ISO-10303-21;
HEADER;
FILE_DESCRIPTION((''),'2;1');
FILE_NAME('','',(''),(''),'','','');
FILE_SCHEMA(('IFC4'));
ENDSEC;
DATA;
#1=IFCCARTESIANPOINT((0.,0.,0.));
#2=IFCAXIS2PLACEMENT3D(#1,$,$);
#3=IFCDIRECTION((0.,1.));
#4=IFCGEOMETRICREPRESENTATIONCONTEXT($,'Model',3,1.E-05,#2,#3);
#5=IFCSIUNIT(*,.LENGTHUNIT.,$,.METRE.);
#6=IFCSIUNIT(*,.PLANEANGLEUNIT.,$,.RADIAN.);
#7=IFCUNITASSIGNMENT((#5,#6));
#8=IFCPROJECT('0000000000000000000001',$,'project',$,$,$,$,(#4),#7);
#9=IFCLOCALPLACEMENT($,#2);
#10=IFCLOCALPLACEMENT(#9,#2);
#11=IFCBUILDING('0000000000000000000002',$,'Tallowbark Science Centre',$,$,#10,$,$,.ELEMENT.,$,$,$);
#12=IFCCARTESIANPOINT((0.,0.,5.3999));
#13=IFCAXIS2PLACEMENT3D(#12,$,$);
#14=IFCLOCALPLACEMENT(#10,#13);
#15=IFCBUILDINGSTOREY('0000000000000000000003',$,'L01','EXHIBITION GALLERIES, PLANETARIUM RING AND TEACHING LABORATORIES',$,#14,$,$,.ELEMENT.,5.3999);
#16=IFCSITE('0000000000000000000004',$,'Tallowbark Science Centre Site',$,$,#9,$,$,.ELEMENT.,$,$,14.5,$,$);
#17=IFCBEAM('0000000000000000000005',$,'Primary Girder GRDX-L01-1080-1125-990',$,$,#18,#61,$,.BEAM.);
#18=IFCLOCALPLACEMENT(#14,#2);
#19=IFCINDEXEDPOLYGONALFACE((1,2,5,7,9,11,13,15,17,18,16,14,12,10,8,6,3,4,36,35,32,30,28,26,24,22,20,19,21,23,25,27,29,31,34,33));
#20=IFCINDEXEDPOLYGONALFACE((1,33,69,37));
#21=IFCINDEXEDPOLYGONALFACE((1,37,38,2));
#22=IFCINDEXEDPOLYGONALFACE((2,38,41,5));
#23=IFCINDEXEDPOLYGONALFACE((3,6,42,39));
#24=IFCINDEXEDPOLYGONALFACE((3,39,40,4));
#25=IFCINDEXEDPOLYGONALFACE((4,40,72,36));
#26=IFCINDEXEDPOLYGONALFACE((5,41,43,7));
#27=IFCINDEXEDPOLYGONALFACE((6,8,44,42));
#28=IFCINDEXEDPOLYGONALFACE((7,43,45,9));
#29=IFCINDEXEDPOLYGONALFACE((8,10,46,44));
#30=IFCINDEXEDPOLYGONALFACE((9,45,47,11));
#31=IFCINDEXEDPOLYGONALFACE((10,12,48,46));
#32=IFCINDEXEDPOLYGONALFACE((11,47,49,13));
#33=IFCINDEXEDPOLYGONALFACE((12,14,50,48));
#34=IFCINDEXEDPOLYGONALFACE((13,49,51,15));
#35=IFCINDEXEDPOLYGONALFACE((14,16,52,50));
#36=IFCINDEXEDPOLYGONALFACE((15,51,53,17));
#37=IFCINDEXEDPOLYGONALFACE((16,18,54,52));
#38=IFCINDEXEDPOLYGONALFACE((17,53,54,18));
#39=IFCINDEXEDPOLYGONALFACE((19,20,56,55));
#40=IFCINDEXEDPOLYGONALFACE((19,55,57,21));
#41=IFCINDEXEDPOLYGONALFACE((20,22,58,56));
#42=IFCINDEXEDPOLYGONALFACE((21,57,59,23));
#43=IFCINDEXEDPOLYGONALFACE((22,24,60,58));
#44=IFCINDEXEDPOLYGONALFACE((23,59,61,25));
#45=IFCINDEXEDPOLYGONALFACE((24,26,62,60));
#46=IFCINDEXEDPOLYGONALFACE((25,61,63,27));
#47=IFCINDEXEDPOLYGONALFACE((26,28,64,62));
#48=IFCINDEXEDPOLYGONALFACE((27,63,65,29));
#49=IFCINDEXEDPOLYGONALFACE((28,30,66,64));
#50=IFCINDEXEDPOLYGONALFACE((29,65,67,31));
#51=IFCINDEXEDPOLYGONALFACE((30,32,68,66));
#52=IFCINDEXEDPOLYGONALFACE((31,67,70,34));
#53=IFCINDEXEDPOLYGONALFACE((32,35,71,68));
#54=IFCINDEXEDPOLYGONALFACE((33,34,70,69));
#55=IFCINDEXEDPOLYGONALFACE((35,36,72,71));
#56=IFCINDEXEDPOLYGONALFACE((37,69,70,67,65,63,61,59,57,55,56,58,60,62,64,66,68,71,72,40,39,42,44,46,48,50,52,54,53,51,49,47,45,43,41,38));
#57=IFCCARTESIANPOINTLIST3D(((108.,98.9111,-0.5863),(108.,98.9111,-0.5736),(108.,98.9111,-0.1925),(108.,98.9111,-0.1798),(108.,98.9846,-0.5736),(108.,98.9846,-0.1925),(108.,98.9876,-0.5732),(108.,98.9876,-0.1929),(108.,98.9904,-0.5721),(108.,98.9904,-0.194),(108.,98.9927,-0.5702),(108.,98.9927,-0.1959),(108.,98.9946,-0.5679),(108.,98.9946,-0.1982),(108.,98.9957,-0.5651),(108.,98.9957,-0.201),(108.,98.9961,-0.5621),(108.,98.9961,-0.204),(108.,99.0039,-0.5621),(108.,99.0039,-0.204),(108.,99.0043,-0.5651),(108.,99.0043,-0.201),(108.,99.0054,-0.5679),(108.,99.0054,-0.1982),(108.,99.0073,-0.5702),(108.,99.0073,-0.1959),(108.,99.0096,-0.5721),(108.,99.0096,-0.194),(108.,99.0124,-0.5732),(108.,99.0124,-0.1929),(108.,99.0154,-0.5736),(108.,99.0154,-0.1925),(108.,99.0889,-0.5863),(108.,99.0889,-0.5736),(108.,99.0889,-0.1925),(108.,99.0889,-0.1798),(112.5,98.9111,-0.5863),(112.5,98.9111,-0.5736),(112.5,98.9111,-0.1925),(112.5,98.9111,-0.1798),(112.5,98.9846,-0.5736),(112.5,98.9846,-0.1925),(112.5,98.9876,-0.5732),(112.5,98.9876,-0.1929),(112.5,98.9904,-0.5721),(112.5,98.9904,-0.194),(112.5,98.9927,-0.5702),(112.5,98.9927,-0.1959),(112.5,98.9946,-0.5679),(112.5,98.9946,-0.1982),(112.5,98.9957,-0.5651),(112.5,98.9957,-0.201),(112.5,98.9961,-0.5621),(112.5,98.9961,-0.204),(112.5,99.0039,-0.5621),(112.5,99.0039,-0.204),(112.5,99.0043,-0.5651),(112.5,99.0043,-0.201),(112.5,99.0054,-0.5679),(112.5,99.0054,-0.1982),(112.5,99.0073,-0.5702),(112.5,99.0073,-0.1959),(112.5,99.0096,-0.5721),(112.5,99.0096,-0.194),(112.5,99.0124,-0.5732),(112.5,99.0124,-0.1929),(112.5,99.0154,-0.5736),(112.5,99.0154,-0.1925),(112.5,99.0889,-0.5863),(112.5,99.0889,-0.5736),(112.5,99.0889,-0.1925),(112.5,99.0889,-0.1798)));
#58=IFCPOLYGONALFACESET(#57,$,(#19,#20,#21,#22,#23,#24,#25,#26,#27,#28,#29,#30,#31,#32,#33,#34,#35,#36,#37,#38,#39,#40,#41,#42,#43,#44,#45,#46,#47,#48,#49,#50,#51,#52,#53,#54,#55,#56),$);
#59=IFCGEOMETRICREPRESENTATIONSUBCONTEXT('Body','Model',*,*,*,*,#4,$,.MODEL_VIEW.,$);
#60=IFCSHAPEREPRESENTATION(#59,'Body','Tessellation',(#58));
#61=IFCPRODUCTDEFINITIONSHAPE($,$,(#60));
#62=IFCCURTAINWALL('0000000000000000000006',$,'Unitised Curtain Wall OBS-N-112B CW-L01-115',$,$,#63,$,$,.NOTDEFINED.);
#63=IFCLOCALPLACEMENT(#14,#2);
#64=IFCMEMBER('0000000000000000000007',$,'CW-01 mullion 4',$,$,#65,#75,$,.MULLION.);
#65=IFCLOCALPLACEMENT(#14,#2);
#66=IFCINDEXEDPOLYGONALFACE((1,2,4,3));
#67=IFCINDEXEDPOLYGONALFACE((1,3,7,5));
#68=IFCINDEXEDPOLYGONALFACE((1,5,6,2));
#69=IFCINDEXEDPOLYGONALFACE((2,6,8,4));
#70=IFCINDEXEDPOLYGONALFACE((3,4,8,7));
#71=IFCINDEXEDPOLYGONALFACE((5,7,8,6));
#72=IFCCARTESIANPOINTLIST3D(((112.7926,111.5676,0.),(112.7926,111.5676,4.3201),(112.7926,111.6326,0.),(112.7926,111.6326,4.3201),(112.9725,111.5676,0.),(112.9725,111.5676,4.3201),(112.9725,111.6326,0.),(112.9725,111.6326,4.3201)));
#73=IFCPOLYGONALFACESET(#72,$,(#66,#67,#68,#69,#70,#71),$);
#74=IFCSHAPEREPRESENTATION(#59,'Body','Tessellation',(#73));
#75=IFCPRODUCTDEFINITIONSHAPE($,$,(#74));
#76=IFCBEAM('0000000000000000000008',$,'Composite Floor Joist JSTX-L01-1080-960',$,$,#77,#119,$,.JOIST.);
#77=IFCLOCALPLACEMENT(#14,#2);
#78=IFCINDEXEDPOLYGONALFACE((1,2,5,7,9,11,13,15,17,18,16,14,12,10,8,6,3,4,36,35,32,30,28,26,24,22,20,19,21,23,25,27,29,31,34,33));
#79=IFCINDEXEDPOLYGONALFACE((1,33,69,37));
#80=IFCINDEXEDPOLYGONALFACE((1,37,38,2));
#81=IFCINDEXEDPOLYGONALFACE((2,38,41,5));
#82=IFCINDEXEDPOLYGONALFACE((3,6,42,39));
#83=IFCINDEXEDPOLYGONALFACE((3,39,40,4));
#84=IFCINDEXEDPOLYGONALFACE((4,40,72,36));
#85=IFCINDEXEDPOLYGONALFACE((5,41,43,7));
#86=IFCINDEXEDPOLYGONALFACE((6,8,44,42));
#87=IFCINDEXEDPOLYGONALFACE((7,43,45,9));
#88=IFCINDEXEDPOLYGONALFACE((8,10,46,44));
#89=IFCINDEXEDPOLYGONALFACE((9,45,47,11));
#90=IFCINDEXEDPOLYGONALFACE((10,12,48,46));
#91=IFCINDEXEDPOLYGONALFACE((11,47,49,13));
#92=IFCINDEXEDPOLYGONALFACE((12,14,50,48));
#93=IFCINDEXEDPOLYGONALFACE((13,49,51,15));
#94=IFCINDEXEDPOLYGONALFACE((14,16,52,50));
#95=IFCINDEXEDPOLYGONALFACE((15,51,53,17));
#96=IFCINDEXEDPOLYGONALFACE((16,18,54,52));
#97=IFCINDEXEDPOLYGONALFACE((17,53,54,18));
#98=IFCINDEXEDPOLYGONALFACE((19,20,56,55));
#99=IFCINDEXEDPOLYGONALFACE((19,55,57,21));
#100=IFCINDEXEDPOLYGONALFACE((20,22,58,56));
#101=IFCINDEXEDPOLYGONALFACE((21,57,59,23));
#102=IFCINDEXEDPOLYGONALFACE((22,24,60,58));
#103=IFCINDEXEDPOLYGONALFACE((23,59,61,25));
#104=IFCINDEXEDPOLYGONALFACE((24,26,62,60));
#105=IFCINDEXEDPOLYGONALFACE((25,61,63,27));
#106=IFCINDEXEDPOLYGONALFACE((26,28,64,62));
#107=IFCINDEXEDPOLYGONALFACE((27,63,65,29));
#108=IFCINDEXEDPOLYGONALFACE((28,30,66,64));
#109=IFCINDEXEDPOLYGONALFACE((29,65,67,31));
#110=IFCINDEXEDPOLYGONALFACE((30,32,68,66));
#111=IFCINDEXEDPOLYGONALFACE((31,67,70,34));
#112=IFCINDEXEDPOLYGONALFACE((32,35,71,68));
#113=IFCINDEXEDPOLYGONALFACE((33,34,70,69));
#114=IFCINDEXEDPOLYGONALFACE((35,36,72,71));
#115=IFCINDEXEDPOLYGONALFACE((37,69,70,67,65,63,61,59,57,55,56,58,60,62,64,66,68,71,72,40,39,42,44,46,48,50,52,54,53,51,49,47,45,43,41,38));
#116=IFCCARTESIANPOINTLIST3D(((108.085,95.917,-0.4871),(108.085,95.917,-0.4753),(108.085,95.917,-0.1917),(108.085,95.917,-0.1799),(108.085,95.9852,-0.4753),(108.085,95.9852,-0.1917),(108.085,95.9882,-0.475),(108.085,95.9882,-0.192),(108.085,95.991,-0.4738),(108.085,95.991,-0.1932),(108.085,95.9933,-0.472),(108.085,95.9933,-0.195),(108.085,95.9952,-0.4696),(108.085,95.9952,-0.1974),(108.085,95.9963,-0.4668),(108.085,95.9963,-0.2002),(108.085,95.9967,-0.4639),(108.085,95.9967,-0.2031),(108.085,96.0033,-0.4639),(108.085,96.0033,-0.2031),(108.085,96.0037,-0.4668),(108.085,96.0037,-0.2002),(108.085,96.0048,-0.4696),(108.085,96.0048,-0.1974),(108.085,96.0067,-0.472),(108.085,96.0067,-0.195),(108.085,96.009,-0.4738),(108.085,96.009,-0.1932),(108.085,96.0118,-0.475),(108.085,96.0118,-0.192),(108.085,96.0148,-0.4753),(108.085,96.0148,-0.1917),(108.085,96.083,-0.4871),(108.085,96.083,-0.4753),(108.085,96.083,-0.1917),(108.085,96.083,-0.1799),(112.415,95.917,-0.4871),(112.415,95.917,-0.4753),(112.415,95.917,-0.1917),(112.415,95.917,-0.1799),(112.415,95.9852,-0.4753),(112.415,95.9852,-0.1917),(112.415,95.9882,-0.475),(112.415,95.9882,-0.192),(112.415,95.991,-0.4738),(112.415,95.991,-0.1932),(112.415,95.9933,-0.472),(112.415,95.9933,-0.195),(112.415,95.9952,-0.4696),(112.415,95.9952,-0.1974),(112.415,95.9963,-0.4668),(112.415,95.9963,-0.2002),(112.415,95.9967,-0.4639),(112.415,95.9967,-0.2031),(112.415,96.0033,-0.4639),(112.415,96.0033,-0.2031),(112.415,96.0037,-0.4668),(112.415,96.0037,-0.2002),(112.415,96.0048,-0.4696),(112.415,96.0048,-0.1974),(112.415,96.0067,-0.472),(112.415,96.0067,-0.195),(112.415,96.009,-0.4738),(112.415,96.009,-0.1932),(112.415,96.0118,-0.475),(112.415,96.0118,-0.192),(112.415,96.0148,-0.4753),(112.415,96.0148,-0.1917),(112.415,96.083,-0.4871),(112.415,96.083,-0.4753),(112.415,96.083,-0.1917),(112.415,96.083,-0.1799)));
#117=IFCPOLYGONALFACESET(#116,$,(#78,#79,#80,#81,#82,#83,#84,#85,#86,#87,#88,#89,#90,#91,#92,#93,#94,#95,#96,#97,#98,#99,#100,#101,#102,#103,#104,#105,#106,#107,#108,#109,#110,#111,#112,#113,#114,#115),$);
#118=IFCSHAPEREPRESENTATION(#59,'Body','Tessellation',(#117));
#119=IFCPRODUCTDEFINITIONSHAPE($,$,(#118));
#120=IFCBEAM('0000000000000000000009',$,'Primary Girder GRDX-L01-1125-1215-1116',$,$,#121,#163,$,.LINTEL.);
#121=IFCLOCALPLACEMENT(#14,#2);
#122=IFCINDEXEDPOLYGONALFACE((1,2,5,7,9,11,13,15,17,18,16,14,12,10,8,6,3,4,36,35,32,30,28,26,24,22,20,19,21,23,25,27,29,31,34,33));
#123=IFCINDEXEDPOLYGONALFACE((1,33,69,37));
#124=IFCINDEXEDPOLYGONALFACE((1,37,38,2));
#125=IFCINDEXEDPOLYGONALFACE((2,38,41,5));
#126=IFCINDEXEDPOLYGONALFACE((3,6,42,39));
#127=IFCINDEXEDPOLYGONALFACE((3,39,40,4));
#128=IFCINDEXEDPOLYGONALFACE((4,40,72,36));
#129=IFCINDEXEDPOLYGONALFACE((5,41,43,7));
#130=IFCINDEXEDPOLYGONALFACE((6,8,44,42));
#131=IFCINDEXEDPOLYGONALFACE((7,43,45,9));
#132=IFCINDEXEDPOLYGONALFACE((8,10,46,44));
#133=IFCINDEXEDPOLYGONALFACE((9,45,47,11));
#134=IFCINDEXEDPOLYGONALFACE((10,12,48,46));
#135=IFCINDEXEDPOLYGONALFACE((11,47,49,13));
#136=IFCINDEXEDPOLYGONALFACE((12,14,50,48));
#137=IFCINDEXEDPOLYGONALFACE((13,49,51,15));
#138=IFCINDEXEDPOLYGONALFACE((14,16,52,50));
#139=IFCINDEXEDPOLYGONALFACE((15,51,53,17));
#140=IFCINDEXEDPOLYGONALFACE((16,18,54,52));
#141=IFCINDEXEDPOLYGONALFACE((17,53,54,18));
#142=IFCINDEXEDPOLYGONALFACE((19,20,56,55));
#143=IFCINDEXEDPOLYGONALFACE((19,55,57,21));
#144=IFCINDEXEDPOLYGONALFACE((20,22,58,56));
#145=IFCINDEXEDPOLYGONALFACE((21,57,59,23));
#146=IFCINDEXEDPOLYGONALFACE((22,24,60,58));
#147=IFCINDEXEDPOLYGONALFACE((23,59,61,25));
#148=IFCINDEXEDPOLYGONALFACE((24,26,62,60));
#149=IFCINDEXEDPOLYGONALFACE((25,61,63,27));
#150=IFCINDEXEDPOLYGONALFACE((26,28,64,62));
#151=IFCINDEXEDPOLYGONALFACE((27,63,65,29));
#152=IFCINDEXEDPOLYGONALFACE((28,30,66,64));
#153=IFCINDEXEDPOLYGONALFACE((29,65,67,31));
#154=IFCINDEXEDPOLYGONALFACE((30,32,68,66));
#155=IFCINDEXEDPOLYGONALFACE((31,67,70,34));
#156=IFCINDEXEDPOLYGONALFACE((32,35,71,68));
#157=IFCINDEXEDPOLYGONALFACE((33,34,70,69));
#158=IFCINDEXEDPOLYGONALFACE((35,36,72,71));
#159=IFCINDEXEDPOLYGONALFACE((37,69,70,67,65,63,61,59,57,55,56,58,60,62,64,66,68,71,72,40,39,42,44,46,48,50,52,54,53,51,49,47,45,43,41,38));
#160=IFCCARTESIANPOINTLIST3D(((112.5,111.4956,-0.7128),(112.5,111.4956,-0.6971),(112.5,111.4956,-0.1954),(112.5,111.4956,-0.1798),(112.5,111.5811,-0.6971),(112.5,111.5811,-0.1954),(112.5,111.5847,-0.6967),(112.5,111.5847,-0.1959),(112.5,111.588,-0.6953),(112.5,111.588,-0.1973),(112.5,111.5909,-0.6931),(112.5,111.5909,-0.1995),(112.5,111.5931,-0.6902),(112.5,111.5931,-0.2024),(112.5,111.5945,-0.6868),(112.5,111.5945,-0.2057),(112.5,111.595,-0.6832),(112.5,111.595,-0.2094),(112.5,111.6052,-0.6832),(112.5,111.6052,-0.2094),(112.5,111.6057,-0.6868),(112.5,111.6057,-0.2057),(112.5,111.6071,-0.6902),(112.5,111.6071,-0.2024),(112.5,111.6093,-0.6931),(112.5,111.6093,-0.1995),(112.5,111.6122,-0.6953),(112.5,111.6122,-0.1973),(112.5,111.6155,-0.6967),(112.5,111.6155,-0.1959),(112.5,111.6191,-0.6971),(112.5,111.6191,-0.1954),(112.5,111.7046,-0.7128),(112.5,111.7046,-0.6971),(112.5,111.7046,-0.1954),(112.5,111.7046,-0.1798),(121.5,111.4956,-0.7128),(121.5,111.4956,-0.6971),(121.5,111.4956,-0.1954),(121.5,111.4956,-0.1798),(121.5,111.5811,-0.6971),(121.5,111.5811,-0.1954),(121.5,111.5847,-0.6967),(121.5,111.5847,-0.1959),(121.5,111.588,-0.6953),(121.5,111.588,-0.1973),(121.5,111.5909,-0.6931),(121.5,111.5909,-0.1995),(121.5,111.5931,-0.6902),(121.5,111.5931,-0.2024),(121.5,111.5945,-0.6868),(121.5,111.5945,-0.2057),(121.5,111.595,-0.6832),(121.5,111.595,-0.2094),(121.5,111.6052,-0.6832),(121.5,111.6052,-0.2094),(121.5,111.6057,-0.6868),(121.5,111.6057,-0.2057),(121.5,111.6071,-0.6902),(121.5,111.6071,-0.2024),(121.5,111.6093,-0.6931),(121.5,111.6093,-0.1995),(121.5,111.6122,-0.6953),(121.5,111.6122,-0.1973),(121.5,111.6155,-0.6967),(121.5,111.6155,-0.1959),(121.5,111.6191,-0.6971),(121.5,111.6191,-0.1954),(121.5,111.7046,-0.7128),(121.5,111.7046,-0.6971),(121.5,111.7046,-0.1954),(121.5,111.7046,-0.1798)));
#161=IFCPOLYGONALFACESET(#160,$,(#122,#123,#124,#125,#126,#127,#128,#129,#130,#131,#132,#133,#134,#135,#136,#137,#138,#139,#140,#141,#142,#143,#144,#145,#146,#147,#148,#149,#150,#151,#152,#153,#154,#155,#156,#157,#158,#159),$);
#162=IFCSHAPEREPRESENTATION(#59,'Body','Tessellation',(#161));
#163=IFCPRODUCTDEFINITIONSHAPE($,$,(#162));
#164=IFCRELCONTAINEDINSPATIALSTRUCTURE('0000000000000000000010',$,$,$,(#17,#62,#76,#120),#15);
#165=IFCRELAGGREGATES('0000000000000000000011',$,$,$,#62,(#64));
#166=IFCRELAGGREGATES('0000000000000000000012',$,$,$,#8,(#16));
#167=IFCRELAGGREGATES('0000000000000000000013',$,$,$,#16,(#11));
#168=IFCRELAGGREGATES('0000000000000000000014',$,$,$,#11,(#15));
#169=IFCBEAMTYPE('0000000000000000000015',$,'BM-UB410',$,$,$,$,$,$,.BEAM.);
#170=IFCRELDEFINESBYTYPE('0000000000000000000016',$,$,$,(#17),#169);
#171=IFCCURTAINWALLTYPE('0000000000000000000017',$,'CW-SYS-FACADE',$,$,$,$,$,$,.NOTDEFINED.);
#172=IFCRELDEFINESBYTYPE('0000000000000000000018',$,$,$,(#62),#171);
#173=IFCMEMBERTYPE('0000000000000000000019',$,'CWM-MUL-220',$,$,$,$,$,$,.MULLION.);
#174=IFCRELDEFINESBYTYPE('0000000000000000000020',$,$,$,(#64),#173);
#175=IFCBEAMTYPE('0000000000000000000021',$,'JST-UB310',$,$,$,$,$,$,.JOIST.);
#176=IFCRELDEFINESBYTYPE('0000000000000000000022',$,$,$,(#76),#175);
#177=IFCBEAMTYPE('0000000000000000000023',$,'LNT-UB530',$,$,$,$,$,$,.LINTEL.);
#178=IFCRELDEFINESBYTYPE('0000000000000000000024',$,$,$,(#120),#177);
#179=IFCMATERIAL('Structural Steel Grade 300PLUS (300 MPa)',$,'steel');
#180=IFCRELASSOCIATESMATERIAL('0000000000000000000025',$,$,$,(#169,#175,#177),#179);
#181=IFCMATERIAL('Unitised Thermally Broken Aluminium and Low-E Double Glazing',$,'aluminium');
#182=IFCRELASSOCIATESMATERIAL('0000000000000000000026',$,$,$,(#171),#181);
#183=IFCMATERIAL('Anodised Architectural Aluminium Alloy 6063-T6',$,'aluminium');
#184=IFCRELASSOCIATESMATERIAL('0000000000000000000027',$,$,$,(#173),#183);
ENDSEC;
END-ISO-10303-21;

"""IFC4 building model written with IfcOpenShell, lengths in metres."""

from ifc_helpers import new_model, si_unit, direction, frame, origin, origin_2d, place, context, subcontext, project, spatial, rectangle, i_section, extrude, material, material_profile, profile_set, type_object, element, aggregate, save


model = new_model("IFC4")

# Units and contexts
model_context = context("Model", 3, precision=1e-05, world=origin(), true_north=direction((0.0, 1.0)))
body_context = subcontext(model_context, "Body", "Model", "MODEL_VIEW")
ifc_project = project(units=[si_unit("LENGTHUNIT", "METRE"), si_unit("PLANEANGLEUNIT", "RADIAN")], contexts=[model_context])

# Site, building, storey
site_placement = place(None, origin())
site = spatial("IfcSite", under=ifc_project, at=site_placement, Name="Tallowbark Science Centre Site", CompositionType="ELEMENT", RefElevation=14.5)
building_placement = place(site_placement, origin())
building = spatial("IfcBuilding", under=site, at=building_placement, Name="Tallowbark Science Centre", CompositionType="ELEMENT")
storey_placement = place(building_placement, frame((0.0, 0.0, 5.3999)))
storey = spatial("IfcBuildingStorey", under=building, at=storey_placement, Name="L01", Description="EXHIBITION GALLERIES, PLANETARIUM RING AND TEACHING LABORATORIES", CompositionType="ELEMENT", Elevation=5.3999)

# Shared definitions
ifc_material_1 = material(Name="Structural Steel Grade 300PLUS (300 MPa)", Category="steel")

# Beam
ifc_material_profile_1 = material_profile(ifc_material_1, i_section(OverallWidth=0.1777, OverallDepth=0.4065, WebThickness=0.0078, FlangeThickness=0.0127, FilletRadius=0.0115, at=origin_2d()), Name="410UB59.7")
ifc_profile_set_1 = profile_set([ifc_material_profile_1], Name="Structural Steel Grade 300PLUS (300 MPa)")
beam_type_1 = type_object("IfcBeamType", Name="BM-UB410", PredefinedType="BEAM", material=ifc_profile_set_1)
beam_1_placement = place(storey_placement, frame((108.0, 99.0, -0.3831), z_axis=(1.0, 0.0, 0.0), x_axis=(0.0, 1.0, 0.0)))
element("IfcBeam", 1, at=beam_1_placement, inside=storey, type_object=beam_type_1, Name="Primary Girder GRDX-L01-1080-1125-990", PredefinedType="BEAM", context=body_context, shape_type="SweptSolid", body=[
    extrude(i_section(OverallWidth=0.1777, OverallDepth=0.4065, WebThickness=0.0078, FlangeThickness=0.0127, FilletRadius=0.0115, at=origin_2d()), origin(), (0.0, 0.0, 1.0), 4.5),
])

# Curtain wall, member
ifc_material_2 = material(Name="Unitised Thermally Broken Aluminium and Low-E Double Glazing", Category="aluminium")
curtain_wall_type = type_object("IfcCurtainWallType", Name="CW-SYS-FACADE", PredefinedType="NOTDEFINED", material=ifc_material_2)
curtain_wall_placement = place(storey_placement, origin())
curtain_wall = element("IfcCurtainWall", 2, at=curtain_wall_placement, inside=storey, type_object=curtain_wall_type, Name="Unitised Curtain Wall OBS-N-112B CW-L01-115", PredefinedType="NOTDEFINED")
ifc_material_3 = material(Name="Anodised Architectural Aluminium Alloy 6063-T6", Category="aluminium")
ifc_material_profile_2 = material_profile(ifc_material_3, rectangle(XDim=0.0649, YDim=0.1799, at=origin_2d()), Name="ALU65x180")
ifc_profile_set_2 = profile_set([ifc_material_profile_2], Name="Anodised Architectural Aluminium Alloy 6063-T6")
member_type = type_object("IfcMemberType", Name="CWM-MUL-220", PredefinedType="MULLION", material=ifc_profile_set_2)
member_placement = place(storey_placement, frame((112.8826, 111.6001, 0.0), z_axis=(0.0, 0.0, 1.0), x_axis=(0.0, -1.0, 0.0)))
member = element("IfcMember", 3, at=member_placement, type_object=member_type, Name="CW-01 mullion 4", PredefinedType="MULLION", context=body_context, shape_type="SweptSolid", body=[
    extrude(rectangle(XDim=0.0649, YDim=0.1799, at=origin_2d()), origin(), (0.0, 0.0, 1.0), 4.3201),
])

# Beams
ifc_material_profile_3 = material_profile(ifc_material_1, i_section(OverallWidth=0.166, OverallDepth=0.3071, WebThickness=0.0066, FlangeThickness=0.0117, FilletRadius=0.0115, at=origin_2d()), Name="310UB46.2")
ifc_profile_set_3 = profile_set([ifc_material_profile_3], Name="Structural Steel Grade 300PLUS (300 MPa)")
beam_type_2 = type_object("IfcBeamType", Name="JST-UB310", PredefinedType="JOIST", material=ifc_profile_set_3)
beam_2_placement = place(storey_placement, frame((108.085, 96.0, -0.3335), z_axis=(1.0, 0.0, 0.0), x_axis=(0.0, 1.0, 0.0)))
element("IfcBeam", 4, at=beam_2_placement, inside=storey, type_object=beam_type_2, Name="Composite Floor Joist JSTX-L01-1080-960", PredefinedType="JOIST", context=body_context, shape_type="SweptSolid", body=[
    extrude(i_section(OverallWidth=0.166, OverallDepth=0.3071, WebThickness=0.0066, FlangeThickness=0.0117, FilletRadius=0.0115, at=origin_2d()), origin(), (0.0, 0.0, 1.0), 4.3301),
])
ifc_material_profile_4 = material_profile(ifc_material_1, i_section(OverallWidth=0.209, OverallDepth=0.533, WebThickness=0.0103, FlangeThickness=0.0156, FilletRadius=0.0139, at=origin_2d()), Name="530UB92.4")
ifc_profile_set_4 = profile_set([ifc_material_profile_4], Name="Structural Steel Grade 300PLUS (300 MPa)")
beam_type_3 = type_object("IfcBeamType", Name="LNT-UB530", PredefinedType="LINTEL", material=ifc_profile_set_4)
beam_3_placement = place(storey_placement, frame((112.5, 111.6001, -0.4463), z_axis=(1.0, 0.0, 0.0), x_axis=(0.0, 1.0, 0.0)))
element("IfcBeam", 5, at=beam_3_placement, inside=storey, type_object=beam_type_3, Name="Primary Girder GRDX-L01-1125-1215-1116", PredefinedType="LINTEL", context=body_context, shape_type="SweptSolid", body=[
    extrude(i_section(OverallWidth=0.209, OverallDepth=0.533, WebThickness=0.0103, FlangeThickness=0.0156, FilletRadius=0.0139, at=origin_2d()), origin(), (0.0, 0.0, 1.0), 9.0),
])

aggregate(curtain_wall, [member])

save(model, "model.ifc")
